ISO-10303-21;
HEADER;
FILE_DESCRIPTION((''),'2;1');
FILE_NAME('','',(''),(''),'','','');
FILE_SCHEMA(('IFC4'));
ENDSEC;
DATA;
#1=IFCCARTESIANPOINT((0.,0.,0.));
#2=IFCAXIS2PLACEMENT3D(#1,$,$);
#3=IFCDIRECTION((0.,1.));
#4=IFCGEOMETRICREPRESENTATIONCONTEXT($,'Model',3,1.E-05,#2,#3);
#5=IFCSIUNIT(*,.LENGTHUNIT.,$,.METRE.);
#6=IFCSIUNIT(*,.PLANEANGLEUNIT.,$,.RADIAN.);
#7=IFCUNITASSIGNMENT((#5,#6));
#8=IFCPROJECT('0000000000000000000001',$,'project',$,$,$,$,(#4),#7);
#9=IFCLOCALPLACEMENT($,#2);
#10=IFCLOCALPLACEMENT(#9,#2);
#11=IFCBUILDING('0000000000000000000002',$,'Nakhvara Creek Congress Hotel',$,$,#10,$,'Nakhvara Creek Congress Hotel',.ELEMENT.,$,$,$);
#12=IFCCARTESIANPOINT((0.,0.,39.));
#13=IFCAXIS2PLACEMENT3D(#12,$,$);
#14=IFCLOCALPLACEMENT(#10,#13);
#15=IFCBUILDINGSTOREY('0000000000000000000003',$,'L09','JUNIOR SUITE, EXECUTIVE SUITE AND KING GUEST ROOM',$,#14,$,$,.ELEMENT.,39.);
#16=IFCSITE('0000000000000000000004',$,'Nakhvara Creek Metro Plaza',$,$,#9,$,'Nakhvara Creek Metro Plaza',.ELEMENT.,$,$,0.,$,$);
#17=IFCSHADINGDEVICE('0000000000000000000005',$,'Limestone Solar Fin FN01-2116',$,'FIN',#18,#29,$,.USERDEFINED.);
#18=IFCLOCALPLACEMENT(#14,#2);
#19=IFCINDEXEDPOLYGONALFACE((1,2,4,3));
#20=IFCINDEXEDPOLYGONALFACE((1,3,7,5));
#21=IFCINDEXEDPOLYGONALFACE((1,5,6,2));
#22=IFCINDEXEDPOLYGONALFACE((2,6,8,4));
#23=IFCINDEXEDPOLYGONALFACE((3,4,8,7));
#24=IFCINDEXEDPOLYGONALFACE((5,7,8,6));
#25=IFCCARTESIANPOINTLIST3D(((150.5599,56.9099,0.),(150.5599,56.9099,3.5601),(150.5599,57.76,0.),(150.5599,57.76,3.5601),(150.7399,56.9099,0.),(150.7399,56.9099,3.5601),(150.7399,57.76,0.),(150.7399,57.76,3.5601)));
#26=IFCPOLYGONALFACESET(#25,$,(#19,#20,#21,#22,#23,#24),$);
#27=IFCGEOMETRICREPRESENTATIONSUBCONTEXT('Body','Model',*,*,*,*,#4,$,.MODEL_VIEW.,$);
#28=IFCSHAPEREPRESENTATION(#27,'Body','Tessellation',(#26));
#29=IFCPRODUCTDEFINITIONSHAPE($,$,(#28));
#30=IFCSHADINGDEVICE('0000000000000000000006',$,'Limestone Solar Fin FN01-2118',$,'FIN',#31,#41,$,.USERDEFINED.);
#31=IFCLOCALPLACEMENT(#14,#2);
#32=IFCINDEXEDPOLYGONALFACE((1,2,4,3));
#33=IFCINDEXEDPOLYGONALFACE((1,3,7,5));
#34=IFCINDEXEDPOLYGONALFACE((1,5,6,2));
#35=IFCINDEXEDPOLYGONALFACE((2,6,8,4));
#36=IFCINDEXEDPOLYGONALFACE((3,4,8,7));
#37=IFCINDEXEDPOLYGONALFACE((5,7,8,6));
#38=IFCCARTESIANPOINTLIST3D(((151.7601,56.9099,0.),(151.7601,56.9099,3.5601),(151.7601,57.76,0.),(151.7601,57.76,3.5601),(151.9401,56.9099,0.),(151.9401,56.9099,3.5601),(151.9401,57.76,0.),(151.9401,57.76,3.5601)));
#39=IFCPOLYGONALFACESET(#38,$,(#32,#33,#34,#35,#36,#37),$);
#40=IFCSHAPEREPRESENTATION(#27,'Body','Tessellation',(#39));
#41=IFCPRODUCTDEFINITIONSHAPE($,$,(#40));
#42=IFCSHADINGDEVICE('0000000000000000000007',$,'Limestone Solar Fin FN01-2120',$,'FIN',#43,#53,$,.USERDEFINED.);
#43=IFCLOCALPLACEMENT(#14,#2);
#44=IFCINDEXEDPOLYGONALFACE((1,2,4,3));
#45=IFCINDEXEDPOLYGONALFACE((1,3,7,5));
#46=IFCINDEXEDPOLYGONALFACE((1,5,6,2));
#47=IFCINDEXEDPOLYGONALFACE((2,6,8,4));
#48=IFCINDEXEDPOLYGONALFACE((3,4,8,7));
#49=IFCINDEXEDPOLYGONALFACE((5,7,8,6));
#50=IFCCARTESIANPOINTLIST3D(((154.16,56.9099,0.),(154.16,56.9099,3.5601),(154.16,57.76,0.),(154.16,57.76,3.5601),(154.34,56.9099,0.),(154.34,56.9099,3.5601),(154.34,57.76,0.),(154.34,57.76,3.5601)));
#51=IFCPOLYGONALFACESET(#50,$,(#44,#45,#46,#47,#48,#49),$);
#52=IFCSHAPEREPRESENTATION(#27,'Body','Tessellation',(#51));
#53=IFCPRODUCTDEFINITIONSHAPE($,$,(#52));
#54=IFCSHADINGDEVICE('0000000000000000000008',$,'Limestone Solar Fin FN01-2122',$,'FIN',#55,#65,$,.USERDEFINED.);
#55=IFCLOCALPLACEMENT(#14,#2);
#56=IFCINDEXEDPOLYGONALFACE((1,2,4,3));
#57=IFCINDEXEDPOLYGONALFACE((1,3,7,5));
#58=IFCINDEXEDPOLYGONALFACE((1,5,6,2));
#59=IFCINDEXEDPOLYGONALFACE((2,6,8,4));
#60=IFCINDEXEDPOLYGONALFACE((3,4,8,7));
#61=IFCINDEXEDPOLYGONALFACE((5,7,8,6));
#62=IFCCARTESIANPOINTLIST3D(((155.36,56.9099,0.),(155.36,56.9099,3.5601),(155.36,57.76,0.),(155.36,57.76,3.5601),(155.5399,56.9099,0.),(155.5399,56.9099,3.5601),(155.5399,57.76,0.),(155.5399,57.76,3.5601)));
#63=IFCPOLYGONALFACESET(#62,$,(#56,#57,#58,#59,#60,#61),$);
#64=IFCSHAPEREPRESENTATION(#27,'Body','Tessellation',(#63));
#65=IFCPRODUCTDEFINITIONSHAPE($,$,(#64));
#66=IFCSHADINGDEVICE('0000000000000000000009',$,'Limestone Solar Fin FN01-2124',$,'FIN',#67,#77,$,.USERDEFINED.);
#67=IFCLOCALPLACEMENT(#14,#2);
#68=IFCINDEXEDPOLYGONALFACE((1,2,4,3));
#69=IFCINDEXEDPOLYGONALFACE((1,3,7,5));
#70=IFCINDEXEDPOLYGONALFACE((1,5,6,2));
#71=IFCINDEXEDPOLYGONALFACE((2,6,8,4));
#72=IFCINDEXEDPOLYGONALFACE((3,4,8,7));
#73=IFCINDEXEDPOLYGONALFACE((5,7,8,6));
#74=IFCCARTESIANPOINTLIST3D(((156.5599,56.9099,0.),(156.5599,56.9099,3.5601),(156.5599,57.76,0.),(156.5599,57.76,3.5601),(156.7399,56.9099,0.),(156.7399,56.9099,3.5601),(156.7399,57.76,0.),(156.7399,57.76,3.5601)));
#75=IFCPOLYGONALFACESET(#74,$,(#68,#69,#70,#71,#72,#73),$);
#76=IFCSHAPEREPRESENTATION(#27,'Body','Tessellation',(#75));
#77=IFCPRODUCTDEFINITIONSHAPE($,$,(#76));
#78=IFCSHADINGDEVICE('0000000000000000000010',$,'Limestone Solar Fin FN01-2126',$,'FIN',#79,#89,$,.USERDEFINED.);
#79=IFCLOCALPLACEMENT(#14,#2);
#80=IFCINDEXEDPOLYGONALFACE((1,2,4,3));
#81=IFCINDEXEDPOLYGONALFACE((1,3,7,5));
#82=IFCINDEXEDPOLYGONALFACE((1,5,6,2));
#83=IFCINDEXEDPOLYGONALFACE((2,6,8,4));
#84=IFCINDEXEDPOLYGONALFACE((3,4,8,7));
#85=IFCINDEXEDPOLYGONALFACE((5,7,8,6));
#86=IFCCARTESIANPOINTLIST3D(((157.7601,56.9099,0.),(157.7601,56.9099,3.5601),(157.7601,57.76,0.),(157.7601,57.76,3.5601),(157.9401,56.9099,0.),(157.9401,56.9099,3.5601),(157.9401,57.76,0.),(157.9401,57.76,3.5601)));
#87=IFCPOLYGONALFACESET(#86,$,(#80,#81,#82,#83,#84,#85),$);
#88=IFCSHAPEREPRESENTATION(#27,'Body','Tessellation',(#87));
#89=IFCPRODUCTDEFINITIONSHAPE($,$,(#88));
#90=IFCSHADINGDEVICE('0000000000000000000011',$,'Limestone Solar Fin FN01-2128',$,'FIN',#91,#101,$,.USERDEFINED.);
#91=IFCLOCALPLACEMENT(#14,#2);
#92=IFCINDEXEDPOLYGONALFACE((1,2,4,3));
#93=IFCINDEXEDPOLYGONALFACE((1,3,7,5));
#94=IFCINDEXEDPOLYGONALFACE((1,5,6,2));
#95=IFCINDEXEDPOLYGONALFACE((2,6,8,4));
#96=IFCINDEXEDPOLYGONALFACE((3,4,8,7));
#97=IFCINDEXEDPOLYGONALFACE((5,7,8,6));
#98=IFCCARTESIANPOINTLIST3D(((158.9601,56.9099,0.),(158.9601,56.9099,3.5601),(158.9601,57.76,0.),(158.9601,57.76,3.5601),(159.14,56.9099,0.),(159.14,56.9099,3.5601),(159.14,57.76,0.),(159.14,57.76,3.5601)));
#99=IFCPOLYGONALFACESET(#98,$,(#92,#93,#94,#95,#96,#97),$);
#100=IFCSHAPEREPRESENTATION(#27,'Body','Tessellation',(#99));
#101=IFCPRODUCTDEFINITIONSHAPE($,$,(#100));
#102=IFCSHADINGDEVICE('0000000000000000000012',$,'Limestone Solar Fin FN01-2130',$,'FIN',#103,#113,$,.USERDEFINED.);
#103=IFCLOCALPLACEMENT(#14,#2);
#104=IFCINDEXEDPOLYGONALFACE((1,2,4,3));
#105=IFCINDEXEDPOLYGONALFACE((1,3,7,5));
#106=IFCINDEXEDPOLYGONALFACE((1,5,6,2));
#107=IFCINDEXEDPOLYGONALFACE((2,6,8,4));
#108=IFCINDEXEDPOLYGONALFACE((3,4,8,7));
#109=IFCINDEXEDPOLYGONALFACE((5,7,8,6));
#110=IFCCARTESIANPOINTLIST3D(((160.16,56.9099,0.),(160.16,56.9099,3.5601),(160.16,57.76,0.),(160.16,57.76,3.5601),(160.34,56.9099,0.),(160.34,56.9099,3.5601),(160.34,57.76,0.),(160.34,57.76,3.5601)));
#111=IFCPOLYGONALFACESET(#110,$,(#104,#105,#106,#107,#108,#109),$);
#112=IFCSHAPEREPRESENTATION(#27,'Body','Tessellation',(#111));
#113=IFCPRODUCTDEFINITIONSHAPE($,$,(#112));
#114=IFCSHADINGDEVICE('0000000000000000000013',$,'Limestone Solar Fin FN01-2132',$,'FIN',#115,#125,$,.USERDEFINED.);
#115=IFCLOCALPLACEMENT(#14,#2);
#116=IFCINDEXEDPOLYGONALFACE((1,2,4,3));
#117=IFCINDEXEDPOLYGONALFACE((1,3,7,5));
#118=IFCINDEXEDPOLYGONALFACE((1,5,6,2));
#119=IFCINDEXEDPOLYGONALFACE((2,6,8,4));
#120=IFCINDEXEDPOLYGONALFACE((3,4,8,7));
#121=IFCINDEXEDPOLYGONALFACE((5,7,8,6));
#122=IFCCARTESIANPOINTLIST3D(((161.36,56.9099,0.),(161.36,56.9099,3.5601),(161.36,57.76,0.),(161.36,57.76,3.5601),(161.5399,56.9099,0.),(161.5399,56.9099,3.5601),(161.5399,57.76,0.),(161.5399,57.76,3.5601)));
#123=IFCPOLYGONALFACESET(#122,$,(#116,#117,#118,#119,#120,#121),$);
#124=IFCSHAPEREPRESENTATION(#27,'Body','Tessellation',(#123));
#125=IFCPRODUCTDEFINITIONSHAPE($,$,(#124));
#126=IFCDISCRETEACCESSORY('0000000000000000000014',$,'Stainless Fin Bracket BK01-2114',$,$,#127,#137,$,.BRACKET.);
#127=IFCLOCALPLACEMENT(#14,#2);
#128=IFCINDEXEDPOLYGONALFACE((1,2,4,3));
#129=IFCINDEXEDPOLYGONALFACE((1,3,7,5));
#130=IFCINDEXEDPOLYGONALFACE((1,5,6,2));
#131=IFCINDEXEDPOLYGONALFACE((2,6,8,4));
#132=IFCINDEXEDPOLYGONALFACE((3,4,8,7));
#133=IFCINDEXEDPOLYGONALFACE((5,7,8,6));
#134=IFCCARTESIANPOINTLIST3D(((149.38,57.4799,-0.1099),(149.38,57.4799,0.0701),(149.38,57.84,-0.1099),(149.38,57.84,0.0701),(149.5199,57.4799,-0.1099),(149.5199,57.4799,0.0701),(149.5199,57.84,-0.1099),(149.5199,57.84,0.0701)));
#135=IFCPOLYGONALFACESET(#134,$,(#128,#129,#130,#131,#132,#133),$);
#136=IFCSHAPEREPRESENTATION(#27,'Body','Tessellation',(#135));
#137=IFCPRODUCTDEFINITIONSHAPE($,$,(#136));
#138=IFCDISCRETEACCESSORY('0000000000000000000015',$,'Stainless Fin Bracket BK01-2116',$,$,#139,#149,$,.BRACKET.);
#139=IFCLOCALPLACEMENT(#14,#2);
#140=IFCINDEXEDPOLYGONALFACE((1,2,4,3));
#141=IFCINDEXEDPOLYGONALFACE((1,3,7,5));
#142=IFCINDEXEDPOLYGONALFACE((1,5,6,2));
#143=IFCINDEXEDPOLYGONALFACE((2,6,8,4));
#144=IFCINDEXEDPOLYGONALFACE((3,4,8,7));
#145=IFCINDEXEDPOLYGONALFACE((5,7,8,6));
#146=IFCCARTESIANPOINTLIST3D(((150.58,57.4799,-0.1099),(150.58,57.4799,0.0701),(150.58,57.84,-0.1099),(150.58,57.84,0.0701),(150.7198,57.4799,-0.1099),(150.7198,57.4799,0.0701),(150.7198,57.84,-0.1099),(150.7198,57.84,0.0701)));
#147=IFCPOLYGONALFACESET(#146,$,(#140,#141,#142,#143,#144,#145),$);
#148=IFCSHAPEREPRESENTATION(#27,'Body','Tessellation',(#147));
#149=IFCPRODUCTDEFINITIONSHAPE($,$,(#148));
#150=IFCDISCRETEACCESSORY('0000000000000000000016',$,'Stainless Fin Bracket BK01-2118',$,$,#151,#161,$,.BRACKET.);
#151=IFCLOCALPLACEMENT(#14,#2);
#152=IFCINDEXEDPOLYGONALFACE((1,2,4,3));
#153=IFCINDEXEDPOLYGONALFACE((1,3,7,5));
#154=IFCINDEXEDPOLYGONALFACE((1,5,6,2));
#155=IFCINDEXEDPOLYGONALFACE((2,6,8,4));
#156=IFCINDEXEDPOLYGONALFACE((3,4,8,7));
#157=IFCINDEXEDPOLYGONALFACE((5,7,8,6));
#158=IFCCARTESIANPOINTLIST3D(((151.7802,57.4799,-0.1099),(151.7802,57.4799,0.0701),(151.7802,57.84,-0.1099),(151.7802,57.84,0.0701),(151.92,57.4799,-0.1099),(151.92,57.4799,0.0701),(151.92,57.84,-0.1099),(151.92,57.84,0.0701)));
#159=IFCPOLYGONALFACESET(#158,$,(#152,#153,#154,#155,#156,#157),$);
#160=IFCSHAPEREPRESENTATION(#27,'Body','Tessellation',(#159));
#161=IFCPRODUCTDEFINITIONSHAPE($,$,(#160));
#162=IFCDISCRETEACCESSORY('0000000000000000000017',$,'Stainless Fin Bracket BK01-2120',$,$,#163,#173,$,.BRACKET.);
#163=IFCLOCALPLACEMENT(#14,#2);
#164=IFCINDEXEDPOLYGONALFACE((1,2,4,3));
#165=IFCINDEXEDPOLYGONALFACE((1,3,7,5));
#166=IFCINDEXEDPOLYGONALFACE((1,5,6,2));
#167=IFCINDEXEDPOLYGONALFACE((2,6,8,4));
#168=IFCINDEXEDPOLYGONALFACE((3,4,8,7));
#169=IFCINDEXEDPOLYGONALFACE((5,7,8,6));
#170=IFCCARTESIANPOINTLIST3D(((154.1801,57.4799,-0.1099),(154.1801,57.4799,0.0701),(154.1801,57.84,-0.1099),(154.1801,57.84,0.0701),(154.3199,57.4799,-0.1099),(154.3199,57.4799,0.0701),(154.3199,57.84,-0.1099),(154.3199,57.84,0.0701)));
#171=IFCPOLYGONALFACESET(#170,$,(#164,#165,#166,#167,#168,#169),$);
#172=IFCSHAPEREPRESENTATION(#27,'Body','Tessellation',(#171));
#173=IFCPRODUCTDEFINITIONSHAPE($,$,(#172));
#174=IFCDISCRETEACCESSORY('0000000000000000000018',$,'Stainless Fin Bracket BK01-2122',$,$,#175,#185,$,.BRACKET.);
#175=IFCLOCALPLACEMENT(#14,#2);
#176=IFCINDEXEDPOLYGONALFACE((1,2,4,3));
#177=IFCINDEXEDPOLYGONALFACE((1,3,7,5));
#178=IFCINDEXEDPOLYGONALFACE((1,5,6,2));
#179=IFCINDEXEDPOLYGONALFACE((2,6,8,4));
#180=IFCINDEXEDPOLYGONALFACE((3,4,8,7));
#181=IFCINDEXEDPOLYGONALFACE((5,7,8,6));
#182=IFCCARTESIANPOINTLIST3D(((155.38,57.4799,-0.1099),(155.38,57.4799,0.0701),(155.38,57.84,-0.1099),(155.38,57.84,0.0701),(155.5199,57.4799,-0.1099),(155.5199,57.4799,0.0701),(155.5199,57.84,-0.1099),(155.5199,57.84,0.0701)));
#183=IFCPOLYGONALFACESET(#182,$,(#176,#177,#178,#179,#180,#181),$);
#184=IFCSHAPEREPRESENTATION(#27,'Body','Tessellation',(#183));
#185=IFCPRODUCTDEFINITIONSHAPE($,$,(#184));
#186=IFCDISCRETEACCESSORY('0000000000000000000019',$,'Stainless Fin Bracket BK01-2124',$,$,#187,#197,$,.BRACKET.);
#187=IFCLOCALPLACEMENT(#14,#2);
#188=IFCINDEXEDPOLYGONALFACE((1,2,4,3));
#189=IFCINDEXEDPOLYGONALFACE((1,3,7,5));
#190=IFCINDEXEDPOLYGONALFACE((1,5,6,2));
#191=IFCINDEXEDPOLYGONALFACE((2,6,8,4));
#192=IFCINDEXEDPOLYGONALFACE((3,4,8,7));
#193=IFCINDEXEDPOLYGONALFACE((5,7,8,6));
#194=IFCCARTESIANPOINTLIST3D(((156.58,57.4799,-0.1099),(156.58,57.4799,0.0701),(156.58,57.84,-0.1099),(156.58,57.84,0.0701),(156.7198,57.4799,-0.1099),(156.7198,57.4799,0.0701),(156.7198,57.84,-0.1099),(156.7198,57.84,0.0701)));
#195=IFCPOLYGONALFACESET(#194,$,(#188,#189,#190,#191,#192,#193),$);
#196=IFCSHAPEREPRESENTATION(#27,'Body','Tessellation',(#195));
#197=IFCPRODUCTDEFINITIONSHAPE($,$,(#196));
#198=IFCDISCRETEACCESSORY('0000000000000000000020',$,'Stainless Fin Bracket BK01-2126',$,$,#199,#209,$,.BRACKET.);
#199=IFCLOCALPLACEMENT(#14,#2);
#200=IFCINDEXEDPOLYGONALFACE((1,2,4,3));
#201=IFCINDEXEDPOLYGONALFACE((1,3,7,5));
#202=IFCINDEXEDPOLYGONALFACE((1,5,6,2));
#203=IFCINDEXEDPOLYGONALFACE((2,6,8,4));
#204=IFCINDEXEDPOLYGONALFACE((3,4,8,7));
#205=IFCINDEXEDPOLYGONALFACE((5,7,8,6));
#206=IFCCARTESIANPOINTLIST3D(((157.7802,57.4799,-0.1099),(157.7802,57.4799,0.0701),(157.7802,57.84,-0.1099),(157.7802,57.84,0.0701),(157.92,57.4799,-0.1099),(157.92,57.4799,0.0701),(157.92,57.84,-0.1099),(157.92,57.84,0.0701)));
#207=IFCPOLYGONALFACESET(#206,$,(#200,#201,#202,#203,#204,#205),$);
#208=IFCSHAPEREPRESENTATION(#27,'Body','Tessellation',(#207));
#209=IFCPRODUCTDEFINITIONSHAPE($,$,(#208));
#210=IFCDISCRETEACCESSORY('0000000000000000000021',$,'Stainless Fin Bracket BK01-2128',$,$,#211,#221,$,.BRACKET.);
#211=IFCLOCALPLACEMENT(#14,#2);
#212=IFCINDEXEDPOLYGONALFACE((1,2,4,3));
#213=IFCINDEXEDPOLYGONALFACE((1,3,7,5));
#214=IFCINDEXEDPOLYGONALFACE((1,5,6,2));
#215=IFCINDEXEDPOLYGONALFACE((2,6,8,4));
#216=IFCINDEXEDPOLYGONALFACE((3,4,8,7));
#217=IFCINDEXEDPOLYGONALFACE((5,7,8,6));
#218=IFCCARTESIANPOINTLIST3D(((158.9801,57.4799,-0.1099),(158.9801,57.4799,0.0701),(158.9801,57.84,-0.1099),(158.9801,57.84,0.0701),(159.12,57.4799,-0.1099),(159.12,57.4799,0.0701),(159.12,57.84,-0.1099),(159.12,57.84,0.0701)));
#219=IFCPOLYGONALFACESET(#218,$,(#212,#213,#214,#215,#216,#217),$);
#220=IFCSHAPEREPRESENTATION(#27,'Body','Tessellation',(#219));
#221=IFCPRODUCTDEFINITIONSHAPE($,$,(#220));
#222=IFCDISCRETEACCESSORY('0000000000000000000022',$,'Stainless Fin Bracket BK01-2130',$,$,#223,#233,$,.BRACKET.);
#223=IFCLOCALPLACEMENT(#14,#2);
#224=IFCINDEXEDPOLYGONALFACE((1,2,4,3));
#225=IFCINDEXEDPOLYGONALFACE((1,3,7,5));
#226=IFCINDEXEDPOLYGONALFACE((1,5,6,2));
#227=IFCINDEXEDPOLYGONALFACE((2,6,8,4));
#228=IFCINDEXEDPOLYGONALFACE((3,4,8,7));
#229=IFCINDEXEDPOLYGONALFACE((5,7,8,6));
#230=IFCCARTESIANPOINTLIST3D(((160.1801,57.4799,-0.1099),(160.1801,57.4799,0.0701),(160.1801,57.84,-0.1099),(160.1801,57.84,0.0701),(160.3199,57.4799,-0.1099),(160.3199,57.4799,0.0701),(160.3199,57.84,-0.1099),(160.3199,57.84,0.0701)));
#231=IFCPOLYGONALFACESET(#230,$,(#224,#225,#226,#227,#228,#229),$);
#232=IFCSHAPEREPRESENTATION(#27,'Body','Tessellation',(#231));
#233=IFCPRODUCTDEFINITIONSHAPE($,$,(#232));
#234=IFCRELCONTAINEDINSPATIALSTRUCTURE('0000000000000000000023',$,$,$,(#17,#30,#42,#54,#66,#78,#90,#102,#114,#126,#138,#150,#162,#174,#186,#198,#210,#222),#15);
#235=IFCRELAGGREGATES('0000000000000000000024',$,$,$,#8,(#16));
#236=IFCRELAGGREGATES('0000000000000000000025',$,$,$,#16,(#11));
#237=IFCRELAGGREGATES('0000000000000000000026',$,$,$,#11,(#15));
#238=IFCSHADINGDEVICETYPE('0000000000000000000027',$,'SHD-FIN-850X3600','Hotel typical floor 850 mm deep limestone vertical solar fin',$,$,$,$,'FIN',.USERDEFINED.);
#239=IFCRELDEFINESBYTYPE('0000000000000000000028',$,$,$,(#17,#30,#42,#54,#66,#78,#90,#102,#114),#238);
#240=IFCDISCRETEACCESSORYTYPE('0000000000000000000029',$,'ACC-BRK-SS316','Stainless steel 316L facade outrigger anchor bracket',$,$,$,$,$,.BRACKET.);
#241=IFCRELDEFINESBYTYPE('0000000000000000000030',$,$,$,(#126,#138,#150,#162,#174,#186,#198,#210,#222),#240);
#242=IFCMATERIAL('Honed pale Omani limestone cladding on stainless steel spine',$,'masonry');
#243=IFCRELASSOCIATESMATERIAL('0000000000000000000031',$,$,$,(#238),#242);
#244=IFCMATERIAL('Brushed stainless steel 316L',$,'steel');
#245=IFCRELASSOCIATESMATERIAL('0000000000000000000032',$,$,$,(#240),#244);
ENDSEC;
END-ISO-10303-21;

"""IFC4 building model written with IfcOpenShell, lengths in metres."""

from ifc_helpers import new_model, si_unit, direction, frame, origin, origin_2d, place, context, subcontext, project, spatial, rectangle, extrude, material, type_object, element, save


model = new_model("IFC4")

# Units and contexts
model_context = context("Model", 3, precision=1e-05, world=origin(), true_north=direction((0.0, 1.0)))
body_context = subcontext(model_context, "Body", "Model", "MODEL_VIEW")
ifc_project = project(units=[si_unit("LENGTHUNIT", "METRE"), si_unit("PLANEANGLEUNIT", "RADIAN")], contexts=[model_context])

# Site, building, storey
site_placement = place(None, origin())
site = spatial("IfcSite", under=ifc_project, at=site_placement, Name="Nakhvara Creek Metro Plaza", LongName="Nakhvara Creek Metro Plaza", CompositionType="ELEMENT", RefElevation=0.0)
building_placement = place(site_placement, origin())
building = spatial("IfcBuilding", under=site, at=building_placement, Name="Nakhvara Creek Congress Hotel", LongName="Nakhvara Creek Congress Hotel", CompositionType="ELEMENT")
storey_placement = place(building_placement, frame((0.0, 0.0, 39.0)))
storey = spatial("IfcBuildingStorey", under=building, at=storey_placement, Name="L09", Description="JUNIOR SUITE, EXECUTIVE SUITE AND KING GUEST ROOM", CompositionType="ELEMENT", Elevation=39.0)

# Shading devices
ifc_material_1 = material(Name="Honed pale Omani limestone cladding on stainless steel spine", Category="masonry")
shading_device_type = type_object("IfcShadingDeviceType", Name="SHD-FIN-850X3600", Description="Hotel typical floor 850 mm deep limestone vertical solar fin", ElementType="FIN", PredefinedType="USERDEFINED", material=ifc_material_1)
for number, where, z_axis, x_axis, name in (
    (1, (150.6499, 57.335, 0.0), (0.0, 0.0, 1.0), (1.0, 0.0, 0.0), "Limestone Solar Fin FN01-2116"),
    (2, (151.8501, 57.335, 0.0), (0.0, 0.0, 1.0), (1.0, 0.0, 0.0), "Limestone Solar Fin FN01-2118"),
    (3, (154.25, 57.335, 0.0), (0.0, 0.0, 1.0), (1.0, 0.0, 0.0), "Limestone Solar Fin FN01-2120"),
    (4, (155.45, 57.335, 0.0), (0.0, 0.0, 1.0), (1.0, 0.0, 0.0), "Limestone Solar Fin FN01-2122"),
    (5, (156.6499, 57.335, 0.0), (0.0, 0.0, 1.0), (1.0, 0.0, 0.0), "Limestone Solar Fin FN01-2124"),
    (6, (157.8501, 57.335, 0.0), (0.0, 0.0, 1.0), (1.0, 0.0, 0.0), "Limestone Solar Fin FN01-2126"),
    (7, (159.05, 57.335, 0.0), (0.0, 0.0, 1.0), (1.0, 0.0, 0.0), "Limestone Solar Fin FN01-2128"),
    (8, (160.25, 57.335, 0.0), (0.0, 0.0, 1.0), (1.0, 0.0, 0.0), "Limestone Solar Fin FN01-2130"),
    (9, (161.45, 57.335, 0.0), (0.0, 0.0, 1.0), (1.0, 0.0, 0.0), "Limestone Solar Fin FN01-2132"),
):
    element("IfcShadingDevice", number, at=place(storey_placement, frame(where, z_axis=z_axis, x_axis=x_axis)), inside=storey, type_object=shading_device_type, Name=name, ObjectType="FIN", PredefinedType="USERDEFINED", context=body_context, shape_type="SweptSolid", body=[
        extrude(rectangle(XDim=0.1799, YDim=0.8501, at=origin_2d()), origin(), (0.0, 0.0, 1.0), 3.5601),
    ])

# Discrete accessories
ifc_material_2 = material(Name="Brushed stainless steel 316L", Category="steel")
discrete_accessory_type = type_object("IfcDiscreteAccessoryType", Name="ACC-BRK-SS316", Description="Stainless steel 316L facade outrigger anchor bracket", PredefinedType="BRACKET", material=ifc_material_2)
for number, where, z_axis, x_axis, name in (
    (10, (149.45, 57.6599, -0.1099), (0.0, 0.0, 1.0), (1.0, 0.0, 0.0), "Stainless Fin Bracket BK01-2114"),
    (11, (150.6499, 57.6599, -0.1099), (0.0, 0.0, 1.0), (1.0, 0.0, 0.0), "Stainless Fin Bracket BK01-2116"),
    (12, (151.8501, 57.6599, -0.1099), (0.0, 0.0, 1.0), (1.0, 0.0, 0.0), "Stainless Fin Bracket BK01-2118"),
    (13, (154.25, 57.6599, -0.1099), (0.0, 0.0, 1.0), (1.0, 0.0, 0.0), "Stainless Fin Bracket BK01-2120"),
    (14, (155.45, 57.6599, -0.1099), (0.0, 0.0, 1.0), (1.0, 0.0, 0.0), "Stainless Fin Bracket BK01-2122"),
    (15, (156.6499, 57.6599, -0.1099), (0.0, 0.0, 1.0), (1.0, 0.0, 0.0), "Stainless Fin Bracket BK01-2124"),
    (16, (157.8501, 57.6599, -0.1099), (0.0, 0.0, 1.0), (1.0, 0.0, 0.0), "Stainless Fin Bracket BK01-2126"),
    (17, (159.05, 57.6599, -0.1099), (0.0, 0.0, 1.0), (1.0, 0.0, 0.0), "Stainless Fin Bracket BK01-2128"),
    (18, (160.25, 57.6599, -0.1099), (0.0, 0.0, 1.0), (1.0, 0.0, 0.0), "Stainless Fin Bracket BK01-2130"),
):
    element("IfcDiscreteAccessory", number, at=place(storey_placement, frame(where, z_axis=z_axis, x_axis=x_axis)), inside=storey, type_object=discrete_accessory_type, Name=name, PredefinedType="BRACKET", context=body_context, shape_type="SweptSolid", body=[
        extrude(rectangle(XDim=0.1399, YDim=0.3601, at=origin_2d()), origin(), (0.0, 0.0, 1.0), 0.1799),
    ])

save(model, "model.ifc")
